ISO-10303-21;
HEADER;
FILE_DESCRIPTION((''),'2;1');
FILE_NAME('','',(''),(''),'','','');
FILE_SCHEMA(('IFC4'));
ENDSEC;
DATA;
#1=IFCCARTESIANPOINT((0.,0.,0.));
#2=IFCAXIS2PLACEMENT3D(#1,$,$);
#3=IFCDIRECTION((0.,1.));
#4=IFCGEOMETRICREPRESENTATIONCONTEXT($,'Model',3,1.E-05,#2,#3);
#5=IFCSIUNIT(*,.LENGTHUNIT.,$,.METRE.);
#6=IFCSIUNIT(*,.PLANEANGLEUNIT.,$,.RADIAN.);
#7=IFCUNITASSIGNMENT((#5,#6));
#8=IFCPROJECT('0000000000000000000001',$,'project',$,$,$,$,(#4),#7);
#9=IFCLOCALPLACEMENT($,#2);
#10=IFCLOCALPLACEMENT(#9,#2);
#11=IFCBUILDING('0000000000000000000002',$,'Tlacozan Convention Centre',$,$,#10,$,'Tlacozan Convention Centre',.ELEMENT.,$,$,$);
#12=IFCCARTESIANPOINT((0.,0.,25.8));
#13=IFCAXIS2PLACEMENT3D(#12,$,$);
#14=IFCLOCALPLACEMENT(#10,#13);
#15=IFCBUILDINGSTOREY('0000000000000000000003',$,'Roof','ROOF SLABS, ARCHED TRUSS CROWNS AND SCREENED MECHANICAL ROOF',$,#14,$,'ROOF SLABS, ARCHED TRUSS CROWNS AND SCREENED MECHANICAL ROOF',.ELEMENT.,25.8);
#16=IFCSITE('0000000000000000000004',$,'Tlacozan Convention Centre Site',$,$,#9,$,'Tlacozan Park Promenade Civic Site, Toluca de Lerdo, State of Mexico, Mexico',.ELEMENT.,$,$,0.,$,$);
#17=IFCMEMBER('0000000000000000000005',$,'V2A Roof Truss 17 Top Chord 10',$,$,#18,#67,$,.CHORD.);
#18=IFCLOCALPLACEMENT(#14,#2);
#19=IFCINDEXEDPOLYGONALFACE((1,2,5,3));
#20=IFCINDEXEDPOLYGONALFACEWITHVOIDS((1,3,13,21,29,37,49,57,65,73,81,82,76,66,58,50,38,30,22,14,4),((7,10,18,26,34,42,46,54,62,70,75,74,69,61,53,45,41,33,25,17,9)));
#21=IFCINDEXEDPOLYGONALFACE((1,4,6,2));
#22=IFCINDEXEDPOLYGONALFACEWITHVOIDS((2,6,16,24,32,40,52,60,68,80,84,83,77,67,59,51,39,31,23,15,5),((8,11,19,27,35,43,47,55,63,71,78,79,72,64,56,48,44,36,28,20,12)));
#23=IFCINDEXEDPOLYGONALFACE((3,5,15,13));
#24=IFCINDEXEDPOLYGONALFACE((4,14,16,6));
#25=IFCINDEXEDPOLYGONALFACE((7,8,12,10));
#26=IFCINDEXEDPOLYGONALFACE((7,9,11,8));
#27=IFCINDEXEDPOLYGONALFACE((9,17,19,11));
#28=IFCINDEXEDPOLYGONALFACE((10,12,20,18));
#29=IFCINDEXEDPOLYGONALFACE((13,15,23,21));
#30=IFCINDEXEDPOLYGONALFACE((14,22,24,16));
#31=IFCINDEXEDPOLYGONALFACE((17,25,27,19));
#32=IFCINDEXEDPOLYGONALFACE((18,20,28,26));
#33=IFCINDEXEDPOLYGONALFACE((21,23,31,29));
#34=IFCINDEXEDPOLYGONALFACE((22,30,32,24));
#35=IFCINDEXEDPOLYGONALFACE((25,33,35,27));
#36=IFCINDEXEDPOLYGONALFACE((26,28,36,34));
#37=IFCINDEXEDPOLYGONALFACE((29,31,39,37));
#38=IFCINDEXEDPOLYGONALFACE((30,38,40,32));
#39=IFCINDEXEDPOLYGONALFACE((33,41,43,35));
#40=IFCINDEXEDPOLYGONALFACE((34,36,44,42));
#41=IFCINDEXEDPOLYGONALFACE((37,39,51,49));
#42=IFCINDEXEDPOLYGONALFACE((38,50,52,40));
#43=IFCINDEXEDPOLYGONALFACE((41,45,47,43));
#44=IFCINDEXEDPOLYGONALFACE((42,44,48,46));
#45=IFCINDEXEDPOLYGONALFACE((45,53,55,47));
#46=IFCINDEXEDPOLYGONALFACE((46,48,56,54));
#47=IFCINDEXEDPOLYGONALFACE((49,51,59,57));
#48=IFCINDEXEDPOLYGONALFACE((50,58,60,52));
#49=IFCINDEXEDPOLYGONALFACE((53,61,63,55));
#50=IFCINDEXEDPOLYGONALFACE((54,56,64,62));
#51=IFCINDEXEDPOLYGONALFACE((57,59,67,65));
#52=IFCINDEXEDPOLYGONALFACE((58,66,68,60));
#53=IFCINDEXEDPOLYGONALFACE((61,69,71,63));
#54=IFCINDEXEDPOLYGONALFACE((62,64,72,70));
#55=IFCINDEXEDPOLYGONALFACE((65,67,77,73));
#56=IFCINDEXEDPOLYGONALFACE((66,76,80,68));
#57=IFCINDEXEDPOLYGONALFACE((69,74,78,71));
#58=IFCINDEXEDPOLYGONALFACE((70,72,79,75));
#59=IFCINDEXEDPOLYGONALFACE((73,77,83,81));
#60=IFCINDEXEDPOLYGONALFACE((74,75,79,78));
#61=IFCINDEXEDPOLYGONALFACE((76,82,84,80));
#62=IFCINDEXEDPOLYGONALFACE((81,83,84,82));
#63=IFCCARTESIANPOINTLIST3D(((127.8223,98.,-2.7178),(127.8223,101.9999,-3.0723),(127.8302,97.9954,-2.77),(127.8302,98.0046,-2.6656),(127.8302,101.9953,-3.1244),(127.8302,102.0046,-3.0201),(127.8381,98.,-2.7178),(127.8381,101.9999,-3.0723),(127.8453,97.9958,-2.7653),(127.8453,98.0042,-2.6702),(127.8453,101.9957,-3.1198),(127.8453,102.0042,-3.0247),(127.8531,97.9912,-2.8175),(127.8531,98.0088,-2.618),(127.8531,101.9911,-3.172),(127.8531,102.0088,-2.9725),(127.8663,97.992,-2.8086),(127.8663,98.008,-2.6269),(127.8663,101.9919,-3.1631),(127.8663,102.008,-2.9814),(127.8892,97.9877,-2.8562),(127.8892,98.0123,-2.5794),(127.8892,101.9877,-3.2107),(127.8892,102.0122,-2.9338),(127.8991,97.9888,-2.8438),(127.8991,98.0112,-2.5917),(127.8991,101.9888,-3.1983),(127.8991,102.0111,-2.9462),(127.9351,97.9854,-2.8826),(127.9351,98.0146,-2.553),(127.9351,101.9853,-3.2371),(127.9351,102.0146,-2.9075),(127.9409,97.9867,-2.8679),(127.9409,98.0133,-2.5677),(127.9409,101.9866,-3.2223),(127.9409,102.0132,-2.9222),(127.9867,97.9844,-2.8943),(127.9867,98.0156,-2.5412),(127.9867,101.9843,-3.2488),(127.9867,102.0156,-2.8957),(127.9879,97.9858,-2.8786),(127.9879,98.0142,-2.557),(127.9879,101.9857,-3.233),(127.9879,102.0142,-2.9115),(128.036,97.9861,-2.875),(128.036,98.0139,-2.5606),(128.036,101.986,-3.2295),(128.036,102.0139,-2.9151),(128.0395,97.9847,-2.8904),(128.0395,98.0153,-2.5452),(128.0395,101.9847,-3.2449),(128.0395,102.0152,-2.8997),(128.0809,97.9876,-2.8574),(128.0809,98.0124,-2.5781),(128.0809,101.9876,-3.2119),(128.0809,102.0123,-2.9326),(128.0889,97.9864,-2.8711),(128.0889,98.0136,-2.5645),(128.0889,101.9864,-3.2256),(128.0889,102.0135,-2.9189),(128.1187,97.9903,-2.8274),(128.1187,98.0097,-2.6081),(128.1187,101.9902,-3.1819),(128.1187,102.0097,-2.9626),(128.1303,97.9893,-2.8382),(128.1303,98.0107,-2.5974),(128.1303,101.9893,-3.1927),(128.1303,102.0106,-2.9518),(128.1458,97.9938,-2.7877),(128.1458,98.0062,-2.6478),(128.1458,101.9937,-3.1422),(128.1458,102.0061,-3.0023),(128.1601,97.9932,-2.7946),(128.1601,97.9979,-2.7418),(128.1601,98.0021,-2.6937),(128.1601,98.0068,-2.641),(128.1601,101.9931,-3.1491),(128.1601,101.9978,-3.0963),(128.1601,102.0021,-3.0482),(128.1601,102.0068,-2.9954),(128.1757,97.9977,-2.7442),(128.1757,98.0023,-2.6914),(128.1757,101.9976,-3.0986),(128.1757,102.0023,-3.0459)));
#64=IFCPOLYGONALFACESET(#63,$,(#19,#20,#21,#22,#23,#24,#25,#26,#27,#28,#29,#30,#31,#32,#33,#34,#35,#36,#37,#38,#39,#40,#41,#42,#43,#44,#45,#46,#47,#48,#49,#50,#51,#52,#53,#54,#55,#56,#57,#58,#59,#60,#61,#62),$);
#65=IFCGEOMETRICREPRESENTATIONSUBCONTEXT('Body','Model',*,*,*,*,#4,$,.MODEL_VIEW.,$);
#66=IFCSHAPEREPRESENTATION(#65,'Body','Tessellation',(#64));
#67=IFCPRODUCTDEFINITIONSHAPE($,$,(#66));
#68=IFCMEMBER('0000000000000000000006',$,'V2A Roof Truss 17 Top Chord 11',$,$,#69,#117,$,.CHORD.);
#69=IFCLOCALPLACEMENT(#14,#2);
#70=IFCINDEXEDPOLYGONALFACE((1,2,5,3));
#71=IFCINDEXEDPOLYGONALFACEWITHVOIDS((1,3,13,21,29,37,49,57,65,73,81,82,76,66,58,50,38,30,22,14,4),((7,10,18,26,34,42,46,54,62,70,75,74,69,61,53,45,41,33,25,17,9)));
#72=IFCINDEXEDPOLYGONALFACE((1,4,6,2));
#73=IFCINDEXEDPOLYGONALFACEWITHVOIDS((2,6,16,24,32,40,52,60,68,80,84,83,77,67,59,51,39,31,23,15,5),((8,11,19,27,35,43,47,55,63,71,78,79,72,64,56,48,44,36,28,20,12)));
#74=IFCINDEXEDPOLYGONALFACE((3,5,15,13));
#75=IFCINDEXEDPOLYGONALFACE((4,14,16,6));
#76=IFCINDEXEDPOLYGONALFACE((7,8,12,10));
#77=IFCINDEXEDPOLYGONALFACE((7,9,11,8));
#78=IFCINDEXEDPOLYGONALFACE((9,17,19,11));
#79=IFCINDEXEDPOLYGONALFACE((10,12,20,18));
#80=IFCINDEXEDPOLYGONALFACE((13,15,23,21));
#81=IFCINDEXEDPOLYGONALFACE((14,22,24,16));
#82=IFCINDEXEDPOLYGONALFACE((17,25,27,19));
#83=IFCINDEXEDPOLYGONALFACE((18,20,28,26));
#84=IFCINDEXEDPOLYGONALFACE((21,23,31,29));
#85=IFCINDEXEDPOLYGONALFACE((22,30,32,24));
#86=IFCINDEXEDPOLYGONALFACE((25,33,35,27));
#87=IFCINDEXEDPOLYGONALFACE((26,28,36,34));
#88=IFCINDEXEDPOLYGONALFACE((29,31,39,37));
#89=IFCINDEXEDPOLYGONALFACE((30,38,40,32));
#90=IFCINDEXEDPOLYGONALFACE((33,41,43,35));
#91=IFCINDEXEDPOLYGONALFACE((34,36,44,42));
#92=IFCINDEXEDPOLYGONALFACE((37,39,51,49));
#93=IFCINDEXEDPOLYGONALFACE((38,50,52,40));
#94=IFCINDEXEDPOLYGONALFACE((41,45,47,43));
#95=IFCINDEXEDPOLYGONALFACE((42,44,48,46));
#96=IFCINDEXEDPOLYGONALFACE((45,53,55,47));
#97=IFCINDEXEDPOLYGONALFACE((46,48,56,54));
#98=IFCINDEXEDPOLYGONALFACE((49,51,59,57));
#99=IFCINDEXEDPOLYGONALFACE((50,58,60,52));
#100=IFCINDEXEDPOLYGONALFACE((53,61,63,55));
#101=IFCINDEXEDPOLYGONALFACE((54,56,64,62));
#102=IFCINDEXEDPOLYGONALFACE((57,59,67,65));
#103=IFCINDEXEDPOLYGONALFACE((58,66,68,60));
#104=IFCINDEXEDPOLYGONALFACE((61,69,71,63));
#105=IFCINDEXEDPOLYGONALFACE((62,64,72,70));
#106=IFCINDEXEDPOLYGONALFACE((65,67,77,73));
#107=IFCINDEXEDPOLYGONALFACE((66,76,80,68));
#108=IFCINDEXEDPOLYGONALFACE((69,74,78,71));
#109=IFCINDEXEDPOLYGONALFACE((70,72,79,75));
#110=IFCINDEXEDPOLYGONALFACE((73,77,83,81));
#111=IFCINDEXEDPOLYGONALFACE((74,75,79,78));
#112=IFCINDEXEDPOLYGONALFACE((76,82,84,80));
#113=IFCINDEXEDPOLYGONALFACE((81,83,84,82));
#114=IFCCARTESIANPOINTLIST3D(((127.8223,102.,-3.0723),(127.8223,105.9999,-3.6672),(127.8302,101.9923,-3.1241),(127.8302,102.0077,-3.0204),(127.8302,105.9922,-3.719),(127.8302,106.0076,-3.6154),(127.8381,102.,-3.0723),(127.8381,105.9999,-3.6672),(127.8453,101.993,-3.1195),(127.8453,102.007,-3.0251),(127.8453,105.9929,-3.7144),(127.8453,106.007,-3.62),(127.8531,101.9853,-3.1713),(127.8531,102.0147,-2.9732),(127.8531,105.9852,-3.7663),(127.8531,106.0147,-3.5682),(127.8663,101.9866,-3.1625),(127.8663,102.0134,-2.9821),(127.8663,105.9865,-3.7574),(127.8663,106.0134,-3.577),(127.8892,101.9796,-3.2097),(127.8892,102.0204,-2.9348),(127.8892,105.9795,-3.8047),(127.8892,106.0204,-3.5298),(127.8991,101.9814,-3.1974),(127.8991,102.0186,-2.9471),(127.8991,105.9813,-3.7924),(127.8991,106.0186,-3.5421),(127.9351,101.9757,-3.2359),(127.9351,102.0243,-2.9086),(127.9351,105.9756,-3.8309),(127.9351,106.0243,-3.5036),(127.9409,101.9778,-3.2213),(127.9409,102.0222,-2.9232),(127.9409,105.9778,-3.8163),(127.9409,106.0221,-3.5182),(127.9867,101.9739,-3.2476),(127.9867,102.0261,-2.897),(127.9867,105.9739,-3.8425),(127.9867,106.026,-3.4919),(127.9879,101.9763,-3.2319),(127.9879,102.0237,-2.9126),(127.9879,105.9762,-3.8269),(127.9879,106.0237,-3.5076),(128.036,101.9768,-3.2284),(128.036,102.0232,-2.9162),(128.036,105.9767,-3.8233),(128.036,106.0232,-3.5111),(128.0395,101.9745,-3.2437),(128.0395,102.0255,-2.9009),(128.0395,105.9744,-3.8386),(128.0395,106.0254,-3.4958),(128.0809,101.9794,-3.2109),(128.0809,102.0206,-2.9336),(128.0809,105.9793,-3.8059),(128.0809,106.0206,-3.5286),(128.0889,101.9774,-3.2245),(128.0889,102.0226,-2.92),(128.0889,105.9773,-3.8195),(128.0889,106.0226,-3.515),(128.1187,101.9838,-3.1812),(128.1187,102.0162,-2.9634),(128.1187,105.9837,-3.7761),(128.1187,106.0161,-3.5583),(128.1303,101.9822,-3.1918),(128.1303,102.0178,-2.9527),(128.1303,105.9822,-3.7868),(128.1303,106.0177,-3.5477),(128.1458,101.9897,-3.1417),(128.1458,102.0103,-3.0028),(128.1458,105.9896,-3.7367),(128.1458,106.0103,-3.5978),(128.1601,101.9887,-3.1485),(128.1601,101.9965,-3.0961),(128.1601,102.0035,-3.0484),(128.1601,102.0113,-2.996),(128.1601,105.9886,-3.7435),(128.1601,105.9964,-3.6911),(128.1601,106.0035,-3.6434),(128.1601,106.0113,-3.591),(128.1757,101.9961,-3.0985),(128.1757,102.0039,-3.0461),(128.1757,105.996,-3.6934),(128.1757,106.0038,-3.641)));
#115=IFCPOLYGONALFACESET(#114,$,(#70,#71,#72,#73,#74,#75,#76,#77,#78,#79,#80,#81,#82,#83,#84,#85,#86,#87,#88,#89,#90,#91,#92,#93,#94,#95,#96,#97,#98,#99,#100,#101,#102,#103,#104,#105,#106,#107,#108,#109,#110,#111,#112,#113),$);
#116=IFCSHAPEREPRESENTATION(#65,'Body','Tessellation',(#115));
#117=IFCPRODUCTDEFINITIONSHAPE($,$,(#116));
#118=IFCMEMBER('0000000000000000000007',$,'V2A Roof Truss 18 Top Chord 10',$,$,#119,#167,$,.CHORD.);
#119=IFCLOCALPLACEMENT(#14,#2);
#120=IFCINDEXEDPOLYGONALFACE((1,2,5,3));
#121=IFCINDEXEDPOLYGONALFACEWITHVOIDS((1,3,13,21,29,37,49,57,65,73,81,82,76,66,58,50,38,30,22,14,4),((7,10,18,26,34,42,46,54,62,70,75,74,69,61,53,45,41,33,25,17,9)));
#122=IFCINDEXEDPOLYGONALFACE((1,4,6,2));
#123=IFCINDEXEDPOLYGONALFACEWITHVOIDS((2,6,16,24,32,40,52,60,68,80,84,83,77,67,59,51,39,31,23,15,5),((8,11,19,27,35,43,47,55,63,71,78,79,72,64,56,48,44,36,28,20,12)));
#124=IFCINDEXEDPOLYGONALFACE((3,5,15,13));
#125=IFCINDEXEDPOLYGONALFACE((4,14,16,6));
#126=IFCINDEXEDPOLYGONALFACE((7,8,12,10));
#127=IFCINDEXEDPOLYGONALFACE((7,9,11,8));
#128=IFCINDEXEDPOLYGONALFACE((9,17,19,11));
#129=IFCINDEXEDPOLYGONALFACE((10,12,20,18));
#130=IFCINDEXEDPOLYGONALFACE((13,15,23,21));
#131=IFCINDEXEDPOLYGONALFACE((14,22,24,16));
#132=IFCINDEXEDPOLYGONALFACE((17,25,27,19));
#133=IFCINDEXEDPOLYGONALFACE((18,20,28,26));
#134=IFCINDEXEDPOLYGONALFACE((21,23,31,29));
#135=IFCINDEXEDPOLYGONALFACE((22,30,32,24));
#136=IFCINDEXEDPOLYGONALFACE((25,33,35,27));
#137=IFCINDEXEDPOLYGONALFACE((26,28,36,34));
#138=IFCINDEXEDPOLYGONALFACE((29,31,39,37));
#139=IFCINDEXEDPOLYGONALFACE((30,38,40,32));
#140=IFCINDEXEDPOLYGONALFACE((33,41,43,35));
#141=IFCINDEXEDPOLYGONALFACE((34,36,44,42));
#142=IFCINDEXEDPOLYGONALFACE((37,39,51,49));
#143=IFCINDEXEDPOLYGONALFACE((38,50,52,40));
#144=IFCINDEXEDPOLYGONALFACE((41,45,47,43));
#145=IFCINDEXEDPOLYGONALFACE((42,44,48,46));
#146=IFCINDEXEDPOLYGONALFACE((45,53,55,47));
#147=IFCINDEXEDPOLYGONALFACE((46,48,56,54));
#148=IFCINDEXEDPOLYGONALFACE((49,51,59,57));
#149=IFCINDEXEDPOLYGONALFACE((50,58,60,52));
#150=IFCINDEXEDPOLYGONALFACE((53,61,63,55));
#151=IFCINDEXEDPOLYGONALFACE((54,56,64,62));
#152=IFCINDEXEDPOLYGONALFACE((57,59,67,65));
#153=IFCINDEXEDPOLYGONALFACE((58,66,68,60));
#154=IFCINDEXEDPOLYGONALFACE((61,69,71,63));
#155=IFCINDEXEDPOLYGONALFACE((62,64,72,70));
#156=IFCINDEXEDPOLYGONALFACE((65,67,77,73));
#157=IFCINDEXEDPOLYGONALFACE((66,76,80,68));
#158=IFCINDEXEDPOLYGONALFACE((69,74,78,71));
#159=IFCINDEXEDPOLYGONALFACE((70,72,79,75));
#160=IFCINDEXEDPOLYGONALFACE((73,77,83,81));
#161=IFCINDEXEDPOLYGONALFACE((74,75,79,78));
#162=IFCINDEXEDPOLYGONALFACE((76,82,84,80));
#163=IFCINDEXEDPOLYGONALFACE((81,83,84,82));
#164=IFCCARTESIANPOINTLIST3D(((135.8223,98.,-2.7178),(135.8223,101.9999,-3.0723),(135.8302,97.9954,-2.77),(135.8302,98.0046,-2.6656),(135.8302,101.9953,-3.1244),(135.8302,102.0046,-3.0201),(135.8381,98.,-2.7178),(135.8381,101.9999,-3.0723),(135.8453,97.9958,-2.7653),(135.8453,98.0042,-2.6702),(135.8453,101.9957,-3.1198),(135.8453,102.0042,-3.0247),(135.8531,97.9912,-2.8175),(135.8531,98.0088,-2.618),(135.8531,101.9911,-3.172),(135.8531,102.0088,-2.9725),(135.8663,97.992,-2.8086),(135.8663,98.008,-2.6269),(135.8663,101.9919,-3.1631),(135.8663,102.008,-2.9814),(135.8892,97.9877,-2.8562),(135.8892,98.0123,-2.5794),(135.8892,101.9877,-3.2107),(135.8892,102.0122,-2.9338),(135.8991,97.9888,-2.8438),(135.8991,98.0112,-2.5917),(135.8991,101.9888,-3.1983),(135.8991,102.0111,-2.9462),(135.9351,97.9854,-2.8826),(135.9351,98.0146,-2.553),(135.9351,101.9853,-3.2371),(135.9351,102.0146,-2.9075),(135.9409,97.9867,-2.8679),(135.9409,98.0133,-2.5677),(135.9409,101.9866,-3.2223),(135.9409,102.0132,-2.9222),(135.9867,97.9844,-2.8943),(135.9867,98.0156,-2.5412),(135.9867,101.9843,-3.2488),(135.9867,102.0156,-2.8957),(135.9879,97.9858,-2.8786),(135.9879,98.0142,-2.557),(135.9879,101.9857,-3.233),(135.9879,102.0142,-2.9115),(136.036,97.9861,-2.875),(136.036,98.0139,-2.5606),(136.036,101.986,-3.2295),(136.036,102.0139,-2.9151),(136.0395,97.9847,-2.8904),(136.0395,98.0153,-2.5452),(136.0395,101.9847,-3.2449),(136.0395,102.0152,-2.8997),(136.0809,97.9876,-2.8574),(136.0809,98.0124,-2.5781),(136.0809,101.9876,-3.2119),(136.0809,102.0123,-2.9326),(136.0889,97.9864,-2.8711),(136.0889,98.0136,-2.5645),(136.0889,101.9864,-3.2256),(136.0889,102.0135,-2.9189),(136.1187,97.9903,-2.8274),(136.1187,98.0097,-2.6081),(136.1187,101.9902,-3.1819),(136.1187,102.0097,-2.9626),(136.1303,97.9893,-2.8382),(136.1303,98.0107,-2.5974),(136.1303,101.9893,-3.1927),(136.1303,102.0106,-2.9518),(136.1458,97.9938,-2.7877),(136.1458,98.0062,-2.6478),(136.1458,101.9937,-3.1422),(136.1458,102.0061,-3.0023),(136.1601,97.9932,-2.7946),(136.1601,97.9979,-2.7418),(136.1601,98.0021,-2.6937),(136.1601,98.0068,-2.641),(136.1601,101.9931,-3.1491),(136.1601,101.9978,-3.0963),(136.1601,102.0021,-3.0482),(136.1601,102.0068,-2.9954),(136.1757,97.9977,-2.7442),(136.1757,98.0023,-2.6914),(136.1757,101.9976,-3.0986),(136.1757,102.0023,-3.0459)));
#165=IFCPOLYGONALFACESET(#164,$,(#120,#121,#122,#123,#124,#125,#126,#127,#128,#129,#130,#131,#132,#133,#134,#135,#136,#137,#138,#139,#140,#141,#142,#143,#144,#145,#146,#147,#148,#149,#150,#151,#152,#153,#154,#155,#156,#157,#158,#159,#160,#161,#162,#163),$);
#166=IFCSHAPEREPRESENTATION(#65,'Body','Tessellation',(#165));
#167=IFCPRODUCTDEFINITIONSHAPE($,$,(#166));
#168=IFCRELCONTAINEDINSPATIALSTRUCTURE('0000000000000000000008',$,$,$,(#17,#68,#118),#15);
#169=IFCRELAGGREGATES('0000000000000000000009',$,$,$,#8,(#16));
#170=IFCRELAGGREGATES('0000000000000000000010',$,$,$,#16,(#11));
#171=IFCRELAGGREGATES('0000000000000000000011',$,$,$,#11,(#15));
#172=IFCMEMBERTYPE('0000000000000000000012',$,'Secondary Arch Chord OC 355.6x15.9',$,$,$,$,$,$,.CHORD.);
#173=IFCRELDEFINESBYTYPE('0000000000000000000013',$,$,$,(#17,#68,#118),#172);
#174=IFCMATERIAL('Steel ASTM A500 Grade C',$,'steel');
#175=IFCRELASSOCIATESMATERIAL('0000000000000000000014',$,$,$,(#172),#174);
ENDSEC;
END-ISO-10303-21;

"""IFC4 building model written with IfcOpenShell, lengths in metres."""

from ifc_helpers import new_model, si_unit, direction, frame, origin, origin_2d, place, context, subcontext, project, spatial, hollow_circle, extrude, material, material_profile, profile_set, type_object, element, save


model = new_model("IFC4")

# Units and contexts
model_context = context("Model", 3, precision=1e-05, world=origin(), true_north=direction((0.0, 1.0)))
body_context = subcontext(model_context, "Body", "Model", "MODEL_VIEW")
ifc_project = project(units=[si_unit("LENGTHUNIT", "METRE"), si_unit("PLANEANGLEUNIT", "RADIAN")], contexts=[model_context])

# Site, building, storey
site_placement = place(None, origin())
site = spatial("IfcSite", under=ifc_project, at=site_placement, Name="Tlacozan Convention Centre Site", LongName="Tlacozan Park Promenade Civic Site, Toluca de Lerdo, State of Mexico, Mexico", CompositionType="ELEMENT", RefElevation=0.0)
building_placement = place(site_placement, origin())
building = spatial("IfcBuilding", under=site, at=building_placement, Name="Tlacozan Convention Centre", LongName="Tlacozan Convention Centre", CompositionType="ELEMENT")
storey_placement = place(building_placement, frame((0.0, 0.0, 25.8)))
storey = spatial("IfcBuildingStorey", under=building, at=storey_placement, Name="Roof", Description="ROOF SLABS, ARCHED TRUSS CROWNS AND SCREENED MECHANICAL ROOF", LongName="ROOF SLABS, ARCHED TRUSS CROWNS AND SCREENED MECHANICAL ROOF", CompositionType="ELEMENT", Elevation=25.8)

# Members
ifc_material_1 = material(Name="Steel ASTM A500 Grade C", Category="steel")
ifc_material_profile_1 = material_profile(ifc_material_1, hollow_circle(Radius=0.1777, WallThickness=0.0159, at=origin_2d()), Name="OC 355.6x15.9")
ifc_profile_set_1 = profile_set([ifc_material_profile_1], Name="Steel ASTM A500 Grade C")
member_type_1 = type_object("IfcMemberType", Name="Secondary Arch Chord OC 355.6x15.9", PredefinedType="CHORD", material=ifc_profile_set_1)
member_1_placement = place(storey_placement, frame((128.0, 98.0, -2.7178), z_axis=(0.0, 0.996096, -0.088277), x_axis=(-1.0, 0.0, 0.0)))
element("IfcMember", 1, at=member_1_placement, inside=storey, type_object=member_type_1, Name="V2A Roof Truss 17 Top Chord 10", PredefinedType="CHORD", context=body_context, shape_type="SweptSolid", body=[
    extrude(hollow_circle(Radius=0.1777, WallThickness=0.0159, at=origin_2d()), origin(), (0.0, 0.0, 1.0), 4.0156),
])
member_2_placement = place(storey_placement, frame((128.0, 102.0, -3.0723), z_axis=(0.0, 0.989118, -0.147124), x_axis=(-1.0, 0.0, 0.0)))
element("IfcMember", 2, at=member_2_placement, inside=storey, type_object=member_type_1, Name="V2A Roof Truss 17 Top Chord 11", PredefinedType="CHORD", context=body_context, shape_type="SweptSolid", body=[
    extrude(hollow_circle(Radius=0.1777, WallThickness=0.0159, at=origin_2d()), origin(), (0.0, 0.0, 1.0), 4.0439),
])
member_3_placement = place(storey_placement, frame((136.0, 98.0, -2.7178), z_axis=(0.0, 0.996096, -0.088277), x_axis=(-1.0, 0.0, 0.0)))
element("IfcMember", 3, at=member_3_placement, inside=storey, type_object=member_type_1, Name="V2A Roof Truss 18 Top Chord 10", PredefinedType="CHORD", context=body_context, shape_type="SweptSolid", body=[
    extrude(hollow_circle(Radius=0.1777, WallThickness=0.0159, at=origin_2d()), origin(), (0.0, 0.0, 1.0), 4.0156),
])

save(model, "model.ifc")
